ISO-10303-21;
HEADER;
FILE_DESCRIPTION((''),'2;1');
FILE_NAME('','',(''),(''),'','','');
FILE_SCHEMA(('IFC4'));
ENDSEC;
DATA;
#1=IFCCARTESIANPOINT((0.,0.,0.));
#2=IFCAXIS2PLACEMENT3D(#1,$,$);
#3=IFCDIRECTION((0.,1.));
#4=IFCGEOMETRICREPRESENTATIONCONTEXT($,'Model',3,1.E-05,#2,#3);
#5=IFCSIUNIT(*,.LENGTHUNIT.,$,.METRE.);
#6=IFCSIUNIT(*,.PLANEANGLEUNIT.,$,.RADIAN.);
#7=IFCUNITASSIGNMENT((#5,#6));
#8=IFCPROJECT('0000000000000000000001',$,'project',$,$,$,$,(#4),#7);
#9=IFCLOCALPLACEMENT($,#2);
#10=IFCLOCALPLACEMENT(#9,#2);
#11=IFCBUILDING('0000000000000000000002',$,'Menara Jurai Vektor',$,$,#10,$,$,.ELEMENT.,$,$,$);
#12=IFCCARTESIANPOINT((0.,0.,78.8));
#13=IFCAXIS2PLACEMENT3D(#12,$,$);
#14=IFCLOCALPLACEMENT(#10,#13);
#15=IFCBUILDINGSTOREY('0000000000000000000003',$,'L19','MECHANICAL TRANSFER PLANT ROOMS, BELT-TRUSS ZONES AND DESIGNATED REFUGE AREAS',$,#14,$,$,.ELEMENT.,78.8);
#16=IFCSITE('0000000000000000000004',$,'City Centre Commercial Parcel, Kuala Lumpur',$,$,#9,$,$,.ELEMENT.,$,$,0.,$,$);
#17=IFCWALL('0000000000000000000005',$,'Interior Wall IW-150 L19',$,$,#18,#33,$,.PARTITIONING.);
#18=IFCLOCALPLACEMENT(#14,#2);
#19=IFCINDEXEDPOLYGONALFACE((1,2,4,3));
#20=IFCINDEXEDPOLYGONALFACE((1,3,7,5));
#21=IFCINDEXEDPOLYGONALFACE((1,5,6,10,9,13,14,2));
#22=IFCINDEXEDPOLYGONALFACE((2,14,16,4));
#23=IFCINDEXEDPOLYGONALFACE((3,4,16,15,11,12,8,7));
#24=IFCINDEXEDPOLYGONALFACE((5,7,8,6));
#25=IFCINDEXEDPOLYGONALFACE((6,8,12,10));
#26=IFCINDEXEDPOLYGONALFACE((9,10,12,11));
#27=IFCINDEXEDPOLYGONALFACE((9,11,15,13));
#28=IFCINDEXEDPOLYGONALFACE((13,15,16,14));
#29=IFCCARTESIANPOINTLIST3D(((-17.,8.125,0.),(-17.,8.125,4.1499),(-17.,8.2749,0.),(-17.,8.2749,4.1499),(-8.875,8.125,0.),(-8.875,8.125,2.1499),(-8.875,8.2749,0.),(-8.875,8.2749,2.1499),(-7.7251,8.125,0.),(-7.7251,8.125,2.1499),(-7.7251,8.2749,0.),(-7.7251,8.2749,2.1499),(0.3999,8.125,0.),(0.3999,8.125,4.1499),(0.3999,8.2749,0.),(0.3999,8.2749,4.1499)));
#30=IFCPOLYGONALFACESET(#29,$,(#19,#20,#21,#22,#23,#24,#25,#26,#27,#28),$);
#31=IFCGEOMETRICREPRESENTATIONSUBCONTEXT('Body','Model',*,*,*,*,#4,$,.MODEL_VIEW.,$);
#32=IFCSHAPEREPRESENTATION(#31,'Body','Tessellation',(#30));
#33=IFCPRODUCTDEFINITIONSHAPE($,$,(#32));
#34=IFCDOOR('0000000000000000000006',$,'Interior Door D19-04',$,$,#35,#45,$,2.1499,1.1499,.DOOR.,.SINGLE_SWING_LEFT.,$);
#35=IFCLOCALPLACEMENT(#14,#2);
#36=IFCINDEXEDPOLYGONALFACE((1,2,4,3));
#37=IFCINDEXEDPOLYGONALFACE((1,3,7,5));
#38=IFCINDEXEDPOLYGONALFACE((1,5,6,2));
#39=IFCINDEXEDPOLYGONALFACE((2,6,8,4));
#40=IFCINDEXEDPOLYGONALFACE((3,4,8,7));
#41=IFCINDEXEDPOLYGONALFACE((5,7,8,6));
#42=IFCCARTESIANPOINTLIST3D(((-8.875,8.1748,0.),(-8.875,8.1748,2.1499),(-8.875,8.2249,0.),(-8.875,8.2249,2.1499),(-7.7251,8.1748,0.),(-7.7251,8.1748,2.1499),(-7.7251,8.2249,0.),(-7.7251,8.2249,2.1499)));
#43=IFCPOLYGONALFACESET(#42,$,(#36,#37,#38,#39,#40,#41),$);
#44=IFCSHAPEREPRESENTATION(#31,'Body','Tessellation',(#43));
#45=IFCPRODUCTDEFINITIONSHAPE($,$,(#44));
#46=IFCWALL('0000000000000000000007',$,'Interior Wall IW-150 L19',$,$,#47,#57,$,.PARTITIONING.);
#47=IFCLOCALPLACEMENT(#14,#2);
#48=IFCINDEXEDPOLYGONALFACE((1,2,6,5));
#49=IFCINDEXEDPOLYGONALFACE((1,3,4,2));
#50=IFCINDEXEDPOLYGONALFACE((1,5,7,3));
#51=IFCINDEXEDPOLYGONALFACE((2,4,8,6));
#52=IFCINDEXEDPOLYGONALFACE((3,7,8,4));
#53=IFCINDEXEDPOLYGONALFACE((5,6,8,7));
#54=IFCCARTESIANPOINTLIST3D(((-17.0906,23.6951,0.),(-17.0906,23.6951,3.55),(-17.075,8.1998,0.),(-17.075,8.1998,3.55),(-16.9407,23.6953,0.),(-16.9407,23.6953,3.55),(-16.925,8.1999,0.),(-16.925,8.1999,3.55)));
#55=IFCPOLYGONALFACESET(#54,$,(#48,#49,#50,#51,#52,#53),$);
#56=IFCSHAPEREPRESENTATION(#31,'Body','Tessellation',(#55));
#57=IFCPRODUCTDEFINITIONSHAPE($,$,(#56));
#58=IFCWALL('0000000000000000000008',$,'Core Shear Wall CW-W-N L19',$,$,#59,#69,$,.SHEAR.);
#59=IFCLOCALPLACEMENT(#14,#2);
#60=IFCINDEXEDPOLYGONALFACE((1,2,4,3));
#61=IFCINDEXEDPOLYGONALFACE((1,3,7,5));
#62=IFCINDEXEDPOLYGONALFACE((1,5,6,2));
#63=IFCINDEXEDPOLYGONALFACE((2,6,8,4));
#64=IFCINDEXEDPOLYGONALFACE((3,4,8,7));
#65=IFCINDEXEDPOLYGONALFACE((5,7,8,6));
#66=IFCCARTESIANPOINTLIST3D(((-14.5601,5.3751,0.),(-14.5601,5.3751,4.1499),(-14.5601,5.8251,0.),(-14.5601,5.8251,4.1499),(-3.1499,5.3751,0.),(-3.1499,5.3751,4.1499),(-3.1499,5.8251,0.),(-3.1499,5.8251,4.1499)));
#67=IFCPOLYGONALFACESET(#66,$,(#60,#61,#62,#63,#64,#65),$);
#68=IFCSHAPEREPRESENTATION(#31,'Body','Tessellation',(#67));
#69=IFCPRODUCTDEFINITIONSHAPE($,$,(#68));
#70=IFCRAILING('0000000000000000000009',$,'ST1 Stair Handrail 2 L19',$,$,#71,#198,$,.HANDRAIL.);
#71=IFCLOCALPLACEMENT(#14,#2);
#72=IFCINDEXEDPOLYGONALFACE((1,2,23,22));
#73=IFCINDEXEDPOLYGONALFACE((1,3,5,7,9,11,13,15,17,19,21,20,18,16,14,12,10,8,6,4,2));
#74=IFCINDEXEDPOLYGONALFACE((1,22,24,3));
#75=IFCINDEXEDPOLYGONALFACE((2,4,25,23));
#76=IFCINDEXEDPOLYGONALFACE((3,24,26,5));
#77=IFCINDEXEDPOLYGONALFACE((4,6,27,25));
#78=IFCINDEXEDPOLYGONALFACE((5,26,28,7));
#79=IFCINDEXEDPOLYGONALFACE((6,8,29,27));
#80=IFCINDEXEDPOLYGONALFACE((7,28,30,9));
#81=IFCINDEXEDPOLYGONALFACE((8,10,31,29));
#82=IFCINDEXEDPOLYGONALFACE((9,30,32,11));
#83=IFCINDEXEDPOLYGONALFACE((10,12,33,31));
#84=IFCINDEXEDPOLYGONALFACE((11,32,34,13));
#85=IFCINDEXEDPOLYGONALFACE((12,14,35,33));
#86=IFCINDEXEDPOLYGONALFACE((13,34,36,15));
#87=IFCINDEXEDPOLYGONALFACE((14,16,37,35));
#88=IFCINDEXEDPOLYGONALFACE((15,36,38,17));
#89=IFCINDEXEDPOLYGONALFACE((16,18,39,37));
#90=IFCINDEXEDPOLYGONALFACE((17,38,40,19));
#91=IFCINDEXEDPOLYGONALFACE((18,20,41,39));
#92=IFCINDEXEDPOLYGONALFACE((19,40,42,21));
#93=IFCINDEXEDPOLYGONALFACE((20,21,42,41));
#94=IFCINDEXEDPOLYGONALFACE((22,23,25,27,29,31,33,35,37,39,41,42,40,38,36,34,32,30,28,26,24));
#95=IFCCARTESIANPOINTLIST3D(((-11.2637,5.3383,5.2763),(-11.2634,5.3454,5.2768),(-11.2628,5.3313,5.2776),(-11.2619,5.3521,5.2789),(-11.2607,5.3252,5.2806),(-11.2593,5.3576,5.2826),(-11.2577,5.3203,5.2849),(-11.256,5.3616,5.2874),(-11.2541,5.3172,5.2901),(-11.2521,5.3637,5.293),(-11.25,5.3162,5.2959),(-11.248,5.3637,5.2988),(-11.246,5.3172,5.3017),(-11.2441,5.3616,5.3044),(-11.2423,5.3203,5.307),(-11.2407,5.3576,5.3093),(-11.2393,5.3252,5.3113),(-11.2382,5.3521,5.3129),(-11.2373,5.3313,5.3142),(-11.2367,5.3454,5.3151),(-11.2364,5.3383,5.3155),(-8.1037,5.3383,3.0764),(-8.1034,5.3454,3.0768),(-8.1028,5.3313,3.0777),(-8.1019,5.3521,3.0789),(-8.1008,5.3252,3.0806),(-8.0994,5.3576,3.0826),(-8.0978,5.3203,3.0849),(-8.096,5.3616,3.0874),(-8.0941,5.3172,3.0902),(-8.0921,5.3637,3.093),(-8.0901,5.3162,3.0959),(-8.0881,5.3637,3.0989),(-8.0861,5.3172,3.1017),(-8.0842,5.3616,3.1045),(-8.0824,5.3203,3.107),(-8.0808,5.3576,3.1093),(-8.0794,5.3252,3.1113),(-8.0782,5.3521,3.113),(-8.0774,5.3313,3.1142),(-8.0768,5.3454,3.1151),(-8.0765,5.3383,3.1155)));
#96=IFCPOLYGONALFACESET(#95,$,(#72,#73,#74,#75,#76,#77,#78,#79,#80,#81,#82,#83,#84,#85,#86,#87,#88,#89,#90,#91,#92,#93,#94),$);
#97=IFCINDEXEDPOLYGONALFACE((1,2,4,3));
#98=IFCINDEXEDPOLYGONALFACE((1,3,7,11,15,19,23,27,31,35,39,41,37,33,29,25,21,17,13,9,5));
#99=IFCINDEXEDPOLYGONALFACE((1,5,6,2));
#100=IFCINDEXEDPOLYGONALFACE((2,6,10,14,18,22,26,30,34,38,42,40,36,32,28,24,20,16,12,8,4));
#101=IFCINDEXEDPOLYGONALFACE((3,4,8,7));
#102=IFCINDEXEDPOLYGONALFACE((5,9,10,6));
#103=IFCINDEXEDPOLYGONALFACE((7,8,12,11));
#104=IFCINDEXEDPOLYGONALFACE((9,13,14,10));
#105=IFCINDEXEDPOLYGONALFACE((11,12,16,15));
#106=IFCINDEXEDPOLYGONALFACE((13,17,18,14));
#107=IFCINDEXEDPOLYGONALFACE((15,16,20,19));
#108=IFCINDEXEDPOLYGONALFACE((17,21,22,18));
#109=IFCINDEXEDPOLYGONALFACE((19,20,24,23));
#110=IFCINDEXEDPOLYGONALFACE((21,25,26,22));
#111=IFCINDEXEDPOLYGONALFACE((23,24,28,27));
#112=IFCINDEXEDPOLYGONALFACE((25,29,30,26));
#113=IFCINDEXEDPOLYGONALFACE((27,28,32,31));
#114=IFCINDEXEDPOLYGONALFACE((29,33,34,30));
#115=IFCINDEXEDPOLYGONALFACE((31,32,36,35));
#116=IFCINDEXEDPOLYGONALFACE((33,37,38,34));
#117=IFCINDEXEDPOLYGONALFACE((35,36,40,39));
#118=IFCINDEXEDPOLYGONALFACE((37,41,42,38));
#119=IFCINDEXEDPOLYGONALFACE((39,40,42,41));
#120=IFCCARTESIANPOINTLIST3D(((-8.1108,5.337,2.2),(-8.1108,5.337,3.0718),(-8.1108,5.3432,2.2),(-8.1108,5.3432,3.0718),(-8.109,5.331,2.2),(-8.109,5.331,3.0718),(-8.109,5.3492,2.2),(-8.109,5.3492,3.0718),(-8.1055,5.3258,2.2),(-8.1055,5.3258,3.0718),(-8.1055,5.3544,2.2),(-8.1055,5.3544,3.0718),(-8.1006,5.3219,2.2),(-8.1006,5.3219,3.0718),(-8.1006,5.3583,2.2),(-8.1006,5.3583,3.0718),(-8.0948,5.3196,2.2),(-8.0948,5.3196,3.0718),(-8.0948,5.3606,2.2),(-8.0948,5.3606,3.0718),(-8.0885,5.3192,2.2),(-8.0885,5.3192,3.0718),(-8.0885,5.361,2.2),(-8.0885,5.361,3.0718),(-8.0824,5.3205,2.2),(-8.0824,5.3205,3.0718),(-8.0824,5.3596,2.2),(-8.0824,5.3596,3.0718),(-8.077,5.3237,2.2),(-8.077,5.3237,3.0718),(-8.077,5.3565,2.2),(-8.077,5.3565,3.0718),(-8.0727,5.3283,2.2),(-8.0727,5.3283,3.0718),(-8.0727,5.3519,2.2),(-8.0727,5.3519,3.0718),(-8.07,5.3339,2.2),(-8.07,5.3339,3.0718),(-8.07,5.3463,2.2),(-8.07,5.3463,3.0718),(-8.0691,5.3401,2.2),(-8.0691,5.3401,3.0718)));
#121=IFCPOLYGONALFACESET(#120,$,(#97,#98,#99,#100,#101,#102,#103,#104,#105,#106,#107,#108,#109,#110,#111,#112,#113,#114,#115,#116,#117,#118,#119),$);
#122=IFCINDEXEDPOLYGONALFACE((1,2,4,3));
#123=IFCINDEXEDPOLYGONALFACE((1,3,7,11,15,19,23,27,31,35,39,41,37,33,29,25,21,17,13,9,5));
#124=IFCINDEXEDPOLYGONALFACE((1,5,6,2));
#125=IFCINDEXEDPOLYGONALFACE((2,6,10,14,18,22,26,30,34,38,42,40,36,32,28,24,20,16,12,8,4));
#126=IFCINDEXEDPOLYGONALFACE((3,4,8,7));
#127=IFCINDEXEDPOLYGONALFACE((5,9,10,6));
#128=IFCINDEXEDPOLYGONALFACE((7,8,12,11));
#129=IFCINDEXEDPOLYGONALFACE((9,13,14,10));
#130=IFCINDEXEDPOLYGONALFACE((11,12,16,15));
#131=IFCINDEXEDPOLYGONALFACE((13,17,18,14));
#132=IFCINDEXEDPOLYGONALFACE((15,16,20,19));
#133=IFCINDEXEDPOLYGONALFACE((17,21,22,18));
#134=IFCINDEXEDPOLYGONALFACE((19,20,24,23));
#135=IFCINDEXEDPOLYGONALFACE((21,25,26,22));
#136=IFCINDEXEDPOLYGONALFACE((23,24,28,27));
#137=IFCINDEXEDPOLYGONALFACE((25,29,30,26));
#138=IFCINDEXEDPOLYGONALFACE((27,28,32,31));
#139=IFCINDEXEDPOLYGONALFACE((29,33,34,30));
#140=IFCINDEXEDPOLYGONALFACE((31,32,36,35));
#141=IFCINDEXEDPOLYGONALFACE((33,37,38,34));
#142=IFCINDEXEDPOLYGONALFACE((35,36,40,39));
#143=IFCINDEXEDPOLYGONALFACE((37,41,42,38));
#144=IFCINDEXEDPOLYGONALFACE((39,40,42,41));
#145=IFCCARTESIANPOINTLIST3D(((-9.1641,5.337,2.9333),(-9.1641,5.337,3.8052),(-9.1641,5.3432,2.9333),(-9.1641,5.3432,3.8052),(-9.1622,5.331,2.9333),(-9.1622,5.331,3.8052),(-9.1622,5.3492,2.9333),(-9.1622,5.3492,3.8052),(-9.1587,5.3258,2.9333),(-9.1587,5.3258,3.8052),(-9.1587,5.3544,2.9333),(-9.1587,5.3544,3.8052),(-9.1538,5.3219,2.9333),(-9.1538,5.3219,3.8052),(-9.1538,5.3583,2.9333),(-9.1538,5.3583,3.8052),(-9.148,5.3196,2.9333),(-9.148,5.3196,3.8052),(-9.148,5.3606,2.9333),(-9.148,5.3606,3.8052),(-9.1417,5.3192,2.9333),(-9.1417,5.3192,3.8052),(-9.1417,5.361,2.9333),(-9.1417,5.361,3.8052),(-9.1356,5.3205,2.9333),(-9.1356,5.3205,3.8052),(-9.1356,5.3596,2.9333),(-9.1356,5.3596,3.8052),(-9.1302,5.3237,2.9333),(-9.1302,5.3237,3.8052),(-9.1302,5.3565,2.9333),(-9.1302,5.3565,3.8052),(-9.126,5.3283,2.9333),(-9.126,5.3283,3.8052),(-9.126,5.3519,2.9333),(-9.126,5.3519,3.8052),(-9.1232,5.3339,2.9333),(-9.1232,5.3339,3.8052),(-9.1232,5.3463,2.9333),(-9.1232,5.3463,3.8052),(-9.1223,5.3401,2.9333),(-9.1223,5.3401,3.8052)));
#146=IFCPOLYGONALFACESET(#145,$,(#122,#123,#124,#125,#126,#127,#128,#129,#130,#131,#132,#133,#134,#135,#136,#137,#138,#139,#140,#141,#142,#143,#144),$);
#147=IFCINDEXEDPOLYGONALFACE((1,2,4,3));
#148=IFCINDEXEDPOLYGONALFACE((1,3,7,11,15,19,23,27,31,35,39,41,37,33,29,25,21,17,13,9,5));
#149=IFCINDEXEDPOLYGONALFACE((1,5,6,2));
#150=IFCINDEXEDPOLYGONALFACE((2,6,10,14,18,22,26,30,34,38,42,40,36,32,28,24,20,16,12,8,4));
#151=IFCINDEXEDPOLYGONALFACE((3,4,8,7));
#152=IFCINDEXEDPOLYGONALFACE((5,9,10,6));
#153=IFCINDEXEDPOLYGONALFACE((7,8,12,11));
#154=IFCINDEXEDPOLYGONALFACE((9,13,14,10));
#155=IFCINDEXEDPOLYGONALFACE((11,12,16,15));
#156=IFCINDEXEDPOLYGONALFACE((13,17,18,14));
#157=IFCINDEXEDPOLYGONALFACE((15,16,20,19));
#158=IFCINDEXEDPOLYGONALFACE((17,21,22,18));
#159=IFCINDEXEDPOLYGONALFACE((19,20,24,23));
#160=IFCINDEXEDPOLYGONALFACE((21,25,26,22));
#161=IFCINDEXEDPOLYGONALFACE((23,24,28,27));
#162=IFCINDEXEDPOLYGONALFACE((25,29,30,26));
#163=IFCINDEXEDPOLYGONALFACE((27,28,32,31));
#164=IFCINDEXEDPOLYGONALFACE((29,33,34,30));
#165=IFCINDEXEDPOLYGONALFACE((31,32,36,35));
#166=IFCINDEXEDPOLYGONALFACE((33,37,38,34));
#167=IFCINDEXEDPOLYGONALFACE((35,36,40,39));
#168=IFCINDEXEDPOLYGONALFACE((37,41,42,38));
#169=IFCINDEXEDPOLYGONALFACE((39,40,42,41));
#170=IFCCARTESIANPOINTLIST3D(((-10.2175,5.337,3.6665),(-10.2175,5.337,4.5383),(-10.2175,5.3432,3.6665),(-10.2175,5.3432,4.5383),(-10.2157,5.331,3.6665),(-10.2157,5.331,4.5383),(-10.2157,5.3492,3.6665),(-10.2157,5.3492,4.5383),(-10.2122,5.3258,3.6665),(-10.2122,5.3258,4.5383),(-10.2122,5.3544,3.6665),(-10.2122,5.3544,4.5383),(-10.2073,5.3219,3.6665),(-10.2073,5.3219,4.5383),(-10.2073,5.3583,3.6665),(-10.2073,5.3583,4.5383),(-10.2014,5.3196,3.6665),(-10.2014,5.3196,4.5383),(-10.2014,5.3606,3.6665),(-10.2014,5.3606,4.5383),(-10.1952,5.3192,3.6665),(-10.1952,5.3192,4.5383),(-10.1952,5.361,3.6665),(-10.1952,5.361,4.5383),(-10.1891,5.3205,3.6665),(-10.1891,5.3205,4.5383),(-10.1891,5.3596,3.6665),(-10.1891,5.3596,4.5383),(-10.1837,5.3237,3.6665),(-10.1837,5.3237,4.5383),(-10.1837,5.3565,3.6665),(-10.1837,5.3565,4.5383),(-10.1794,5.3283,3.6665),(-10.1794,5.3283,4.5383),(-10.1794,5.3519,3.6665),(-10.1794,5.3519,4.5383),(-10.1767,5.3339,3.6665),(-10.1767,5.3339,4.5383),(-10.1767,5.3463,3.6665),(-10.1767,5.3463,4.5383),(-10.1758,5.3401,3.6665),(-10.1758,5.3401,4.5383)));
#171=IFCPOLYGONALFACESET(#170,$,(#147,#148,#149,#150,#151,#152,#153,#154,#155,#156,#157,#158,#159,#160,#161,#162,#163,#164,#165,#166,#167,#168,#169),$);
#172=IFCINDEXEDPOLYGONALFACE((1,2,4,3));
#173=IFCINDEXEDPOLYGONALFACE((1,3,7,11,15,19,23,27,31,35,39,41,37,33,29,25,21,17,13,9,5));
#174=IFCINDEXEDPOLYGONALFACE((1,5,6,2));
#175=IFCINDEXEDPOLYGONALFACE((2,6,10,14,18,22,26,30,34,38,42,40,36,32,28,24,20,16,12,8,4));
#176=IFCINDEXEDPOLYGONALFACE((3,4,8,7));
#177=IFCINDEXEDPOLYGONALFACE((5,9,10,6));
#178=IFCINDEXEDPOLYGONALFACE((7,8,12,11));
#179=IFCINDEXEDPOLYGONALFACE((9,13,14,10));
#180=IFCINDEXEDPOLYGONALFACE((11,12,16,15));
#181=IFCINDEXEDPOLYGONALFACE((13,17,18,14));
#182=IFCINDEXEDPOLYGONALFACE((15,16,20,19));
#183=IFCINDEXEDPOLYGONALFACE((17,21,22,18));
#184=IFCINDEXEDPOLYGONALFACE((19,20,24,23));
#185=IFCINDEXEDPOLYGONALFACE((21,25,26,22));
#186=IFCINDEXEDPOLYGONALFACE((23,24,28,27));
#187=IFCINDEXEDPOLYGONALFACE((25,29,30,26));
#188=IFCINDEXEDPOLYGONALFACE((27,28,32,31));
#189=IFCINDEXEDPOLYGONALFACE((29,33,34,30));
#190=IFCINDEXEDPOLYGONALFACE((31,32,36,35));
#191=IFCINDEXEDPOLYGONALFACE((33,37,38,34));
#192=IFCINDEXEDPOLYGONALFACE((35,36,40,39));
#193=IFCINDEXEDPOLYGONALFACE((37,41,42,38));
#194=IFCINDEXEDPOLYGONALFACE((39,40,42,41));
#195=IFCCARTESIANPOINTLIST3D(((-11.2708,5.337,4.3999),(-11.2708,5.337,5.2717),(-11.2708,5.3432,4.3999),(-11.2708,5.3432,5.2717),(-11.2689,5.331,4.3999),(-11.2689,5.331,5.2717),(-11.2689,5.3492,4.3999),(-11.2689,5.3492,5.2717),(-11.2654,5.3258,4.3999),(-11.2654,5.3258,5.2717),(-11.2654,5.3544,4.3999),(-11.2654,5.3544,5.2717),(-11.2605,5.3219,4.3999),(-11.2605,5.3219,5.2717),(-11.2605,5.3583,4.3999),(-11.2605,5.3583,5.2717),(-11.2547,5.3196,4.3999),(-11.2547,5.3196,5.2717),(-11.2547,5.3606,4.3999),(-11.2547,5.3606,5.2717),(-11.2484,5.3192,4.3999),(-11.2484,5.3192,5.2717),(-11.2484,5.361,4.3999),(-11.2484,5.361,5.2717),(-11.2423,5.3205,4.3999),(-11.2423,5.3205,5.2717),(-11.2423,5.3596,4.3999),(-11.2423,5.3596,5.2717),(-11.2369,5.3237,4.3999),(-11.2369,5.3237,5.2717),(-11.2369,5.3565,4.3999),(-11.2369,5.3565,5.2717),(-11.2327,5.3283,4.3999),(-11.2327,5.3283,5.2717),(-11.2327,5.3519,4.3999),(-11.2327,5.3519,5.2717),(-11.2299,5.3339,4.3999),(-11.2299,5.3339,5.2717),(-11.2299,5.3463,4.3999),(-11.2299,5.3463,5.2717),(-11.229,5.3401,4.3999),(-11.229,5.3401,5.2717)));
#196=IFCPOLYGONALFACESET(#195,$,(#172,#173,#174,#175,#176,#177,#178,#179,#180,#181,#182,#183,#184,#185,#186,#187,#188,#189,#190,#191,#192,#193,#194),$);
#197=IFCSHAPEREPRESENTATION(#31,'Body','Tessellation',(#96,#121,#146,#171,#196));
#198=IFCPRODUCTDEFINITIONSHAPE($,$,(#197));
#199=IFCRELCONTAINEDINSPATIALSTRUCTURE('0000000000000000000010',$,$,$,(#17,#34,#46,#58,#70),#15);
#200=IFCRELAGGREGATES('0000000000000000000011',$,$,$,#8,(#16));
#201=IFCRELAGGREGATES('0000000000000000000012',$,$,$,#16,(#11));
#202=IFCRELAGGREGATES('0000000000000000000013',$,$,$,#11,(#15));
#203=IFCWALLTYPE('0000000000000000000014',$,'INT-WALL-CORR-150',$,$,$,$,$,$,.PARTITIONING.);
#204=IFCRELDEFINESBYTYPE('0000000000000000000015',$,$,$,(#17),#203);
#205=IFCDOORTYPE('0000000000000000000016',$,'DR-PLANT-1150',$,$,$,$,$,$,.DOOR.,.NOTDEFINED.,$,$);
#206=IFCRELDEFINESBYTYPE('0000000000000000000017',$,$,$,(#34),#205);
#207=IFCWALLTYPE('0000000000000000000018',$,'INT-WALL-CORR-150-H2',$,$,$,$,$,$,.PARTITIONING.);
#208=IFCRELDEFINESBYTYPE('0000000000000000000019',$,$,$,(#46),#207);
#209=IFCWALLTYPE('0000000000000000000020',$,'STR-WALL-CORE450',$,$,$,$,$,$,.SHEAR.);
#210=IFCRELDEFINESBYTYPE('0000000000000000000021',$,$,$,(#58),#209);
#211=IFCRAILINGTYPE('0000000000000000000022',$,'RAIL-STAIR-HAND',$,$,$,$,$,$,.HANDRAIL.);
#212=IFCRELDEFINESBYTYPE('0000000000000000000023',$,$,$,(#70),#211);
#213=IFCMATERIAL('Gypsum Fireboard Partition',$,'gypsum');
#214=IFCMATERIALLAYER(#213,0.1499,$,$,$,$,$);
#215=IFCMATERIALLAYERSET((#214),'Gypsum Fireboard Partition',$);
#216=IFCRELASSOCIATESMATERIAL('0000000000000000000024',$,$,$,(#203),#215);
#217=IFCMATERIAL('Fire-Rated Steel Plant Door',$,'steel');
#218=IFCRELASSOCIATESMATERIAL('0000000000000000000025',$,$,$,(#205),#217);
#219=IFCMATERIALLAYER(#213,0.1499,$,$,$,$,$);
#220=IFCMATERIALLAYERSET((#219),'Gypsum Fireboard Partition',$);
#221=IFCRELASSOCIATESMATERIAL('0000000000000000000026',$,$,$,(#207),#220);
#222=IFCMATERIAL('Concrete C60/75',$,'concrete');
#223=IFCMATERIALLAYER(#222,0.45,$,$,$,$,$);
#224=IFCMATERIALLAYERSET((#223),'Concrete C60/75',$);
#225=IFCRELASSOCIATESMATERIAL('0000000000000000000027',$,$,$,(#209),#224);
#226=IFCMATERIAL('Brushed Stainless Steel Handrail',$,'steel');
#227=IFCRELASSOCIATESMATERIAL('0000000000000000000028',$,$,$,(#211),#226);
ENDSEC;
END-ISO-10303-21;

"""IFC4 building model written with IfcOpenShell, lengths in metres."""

from ifc_helpers import new_model, si_unit, direction, frame, frame_2d, origin, origin_2d, place, context, subcontext, project, spatial, rectangle, circle, extrude, material, layer, layer_set, type_object, element, fill, save


model = new_model("IFC4")

# Units and contexts
model_context = context("Model", 3, precision=1e-05, world=origin(), true_north=direction((0.0, 1.0)))
body_context = subcontext(model_context, "Body", "Model", "MODEL_VIEW")
ifc_project = project(units=[si_unit("LENGTHUNIT", "METRE"), si_unit("PLANEANGLEUNIT", "RADIAN")], contexts=[model_context])

# Site, building, storey
site_placement = place(None, origin())
site = spatial("IfcSite", under=ifc_project, at=site_placement, Name="City Centre Commercial Parcel, Kuala Lumpur", CompositionType="ELEMENT", RefElevation=0.0)
building_placement = place(site_placement, origin())
building = spatial("IfcBuilding", under=site, at=building_placement, Name="Menara Jurai Vektor", CompositionType="ELEMENT")
storey_placement = place(building_placement, frame((0.0, 0.0, 78.8)))
storey = spatial("IfcBuildingStorey", under=building, at=storey_placement, Name="L19", Description="MECHANICAL TRANSFER PLANT ROOMS, BELT-TRUSS ZONES AND DESIGNATED REFUGE AREAS", CompositionType="ELEMENT", Elevation=78.8)

# Wall, opening, door
ifc_material_1 = material(Name="Gypsum Fireboard Partition", Category="gypsum")
ifc_layer_1 = layer(ifc_material_1, 0.1499)
ifc_layer_set_1 = layer_set([ifc_layer_1], Name="Gypsum Fireboard Partition")
wall_type_1 = type_object("IfcWallType", Name="INT-WALL-CORR-150", PredefinedType="PARTITIONING", material=ifc_layer_set_1)
wall_1_placement = place(storey_placement, frame((-17.0, 8.2, 0.0), z_axis=(0.0, 0.0, 1.0), x_axis=(1.0, 0.0, 0.0)))
wall_1 = element("IfcWall", 1, at=wall_1_placement, inside=storey, type_object=wall_type_1, Name="Interior Wall IW-150 L19", PredefinedType="PARTITIONING", context=body_context, shape_type="SweptSolid", body=[
    extrude(rectangle(XDim=17.3999, YDim=0.1499, at=frame_2d((8.7, 0.0))), origin(), (0.0, 0.0, 1.0), 4.1499),
])
opening_placement = place(wall_1_placement, frame((8.125, 0.0, 0.0)))
opening = element("IfcOpeningElement", 2, at=opening_placement, cuts=wall_1, PredefinedType="OPENING", context=body_context, shape_type="SweptSolid", body=[
    extrude(rectangle(XDim=1.1499, YDim=2.1499, at=frame_2d((0.575, 1.075))), frame((0.0, 0.085, 0.0), z_axis=(0.0, -1.0, 0.0), x_axis=(1.0, 0.0, 0.0)), (0.0, 0.0, 1.0), 0.1699),
])
ifc_material_2 = material(Name="Fire-Rated Steel Plant Door", Category="steel")
door_type = type_object("IfcDoorType", Name="DR-PLANT-1150", OperationType="NOTDEFINED", PredefinedType="DOOR", material=ifc_material_2)
door_placement = place(opening_placement, origin())
door = element("IfcDoor", 3, at=door_placement, inside=storey, type_object=door_type, Name="Interior Door D19-04", OperationType="SINGLE_SWING_LEFT", OverallHeight=2.1499, OverallWidth=1.1499, PredefinedType="DOOR", context=body_context, shape_type="SweptSolid", body=[
    extrude(rectangle(XDim=1.1499, YDim=2.1499, at=frame_2d((0.575, 1.075))), frame((0.0, 0.0249, 0.0), z_axis=(0.0, -1.0, 0.0), x_axis=(1.0, 0.0, 0.0)), (0.0, 0.0, 1.0), 0.05),
])
fill(opening, door)

# Walls
ifc_layer_2 = layer(ifc_material_1, 0.1499)
ifc_layer_set_2 = layer_set([ifc_layer_2], Name="Gypsum Fireboard Partition")
wall_type_2 = type_object("IfcWallType", Name="INT-WALL-CORR-150-H2", PredefinedType="PARTITIONING", material=ifc_layer_set_2)
wall_2_placement = place(storey_placement, frame((-17.0, 8.2, 0.0), z_axis=(0.0, 0.0, 1.0), x_axis=(-0.001008, 0.999999, 0.0)))
element("IfcWall", 4, at=wall_2_placement, inside=storey, type_object=wall_type_2, Name="Interior Wall IW-150 L19", PredefinedType="PARTITIONING", context=body_context, shape_type="SweptSolid", body=[
    extrude(rectangle(XDim=15.4954, YDim=0.1499, at=frame_2d((7.7476, 0.0))), origin(), (0.0, 0.0, 1.0), 3.55),
])
ifc_material_3 = material(Name="Concrete C60/75", Category="concrete")
ifc_layer_3 = layer(ifc_material_3, 0.45)
ifc_layer_set_3 = layer_set([ifc_layer_3], Name="Concrete C60/75")
wall_type_3 = type_object("IfcWallType", Name="STR-WALL-CORE450", PredefinedType="SHEAR", material=ifc_layer_set_3)
wall_3_placement = place(storey_placement, frame((-14.5601, 5.6001, 0.0), z_axis=(0.0, 0.0, 1.0), x_axis=(1.0, 0.0, 0.0)))
element("IfcWall", 5, at=wall_3_placement, inside=storey, type_object=wall_type_3, Name="Core Shear Wall CW-W-N L19", PredefinedType="SHEAR", context=body_context, shape_type="SweptSolid", body=[
    extrude(rectangle(XDim=11.4102, YDim=0.45, at=frame_2d((5.7051, 0.0))), origin(), (0.0, 0.0, 1.0), 4.1499),
])

# Railing
ifc_material_4 = material(Name="Brushed Stainless Steel Handrail", Category="steel")
railing_type_1 = type_object("IfcRailingType", Name="RAIL-STAIR-HAND", PredefinedType="HANDRAIL", material=ifc_material_4)
railing_1_placement = place(storey_placement, frame((-8.0901, 5.3401, 2.2)))
element("IfcRailing", 6, at=railing_1_placement, inside=storey, type_object=railing_type_1, Name="ST1 Stair Handrail 2 L19", PredefinedType="HANDRAIL", context=body_context, shape_type="SweptSolid", body=[
    extrude(circle(Radius=0.0239, at=origin_2d()), frame((0.0, 0.0, 0.896), z_axis=(-0.820692, 0.0, 0.571371), x_axis=(0.0, -1.0, 0.0)), (0.0, 0.0, 1.0), 3.8503),
    extrude(circle(Radius=0.021, at=origin_2d()), origin(), (0.0, 0.0, 1.0), 0.8718),
    extrude(circle(Radius=0.021, at=origin_2d()), frame((-1.0532, 0.0, 0.7334)), (0.0, 0.0, 1.0), 0.8718),
    extrude(circle(Radius=0.021, at=origin_2d()), frame((-2.1067, 0.0, 1.4666)), (0.0, 0.0, 1.0), 0.8718),
    extrude(circle(Radius=0.021, at=origin_2d()), frame((-3.1599, 0.0, 2.2)), (0.0, 0.0, 1.0), 0.8718),
])

save(model, "model.ifc")
